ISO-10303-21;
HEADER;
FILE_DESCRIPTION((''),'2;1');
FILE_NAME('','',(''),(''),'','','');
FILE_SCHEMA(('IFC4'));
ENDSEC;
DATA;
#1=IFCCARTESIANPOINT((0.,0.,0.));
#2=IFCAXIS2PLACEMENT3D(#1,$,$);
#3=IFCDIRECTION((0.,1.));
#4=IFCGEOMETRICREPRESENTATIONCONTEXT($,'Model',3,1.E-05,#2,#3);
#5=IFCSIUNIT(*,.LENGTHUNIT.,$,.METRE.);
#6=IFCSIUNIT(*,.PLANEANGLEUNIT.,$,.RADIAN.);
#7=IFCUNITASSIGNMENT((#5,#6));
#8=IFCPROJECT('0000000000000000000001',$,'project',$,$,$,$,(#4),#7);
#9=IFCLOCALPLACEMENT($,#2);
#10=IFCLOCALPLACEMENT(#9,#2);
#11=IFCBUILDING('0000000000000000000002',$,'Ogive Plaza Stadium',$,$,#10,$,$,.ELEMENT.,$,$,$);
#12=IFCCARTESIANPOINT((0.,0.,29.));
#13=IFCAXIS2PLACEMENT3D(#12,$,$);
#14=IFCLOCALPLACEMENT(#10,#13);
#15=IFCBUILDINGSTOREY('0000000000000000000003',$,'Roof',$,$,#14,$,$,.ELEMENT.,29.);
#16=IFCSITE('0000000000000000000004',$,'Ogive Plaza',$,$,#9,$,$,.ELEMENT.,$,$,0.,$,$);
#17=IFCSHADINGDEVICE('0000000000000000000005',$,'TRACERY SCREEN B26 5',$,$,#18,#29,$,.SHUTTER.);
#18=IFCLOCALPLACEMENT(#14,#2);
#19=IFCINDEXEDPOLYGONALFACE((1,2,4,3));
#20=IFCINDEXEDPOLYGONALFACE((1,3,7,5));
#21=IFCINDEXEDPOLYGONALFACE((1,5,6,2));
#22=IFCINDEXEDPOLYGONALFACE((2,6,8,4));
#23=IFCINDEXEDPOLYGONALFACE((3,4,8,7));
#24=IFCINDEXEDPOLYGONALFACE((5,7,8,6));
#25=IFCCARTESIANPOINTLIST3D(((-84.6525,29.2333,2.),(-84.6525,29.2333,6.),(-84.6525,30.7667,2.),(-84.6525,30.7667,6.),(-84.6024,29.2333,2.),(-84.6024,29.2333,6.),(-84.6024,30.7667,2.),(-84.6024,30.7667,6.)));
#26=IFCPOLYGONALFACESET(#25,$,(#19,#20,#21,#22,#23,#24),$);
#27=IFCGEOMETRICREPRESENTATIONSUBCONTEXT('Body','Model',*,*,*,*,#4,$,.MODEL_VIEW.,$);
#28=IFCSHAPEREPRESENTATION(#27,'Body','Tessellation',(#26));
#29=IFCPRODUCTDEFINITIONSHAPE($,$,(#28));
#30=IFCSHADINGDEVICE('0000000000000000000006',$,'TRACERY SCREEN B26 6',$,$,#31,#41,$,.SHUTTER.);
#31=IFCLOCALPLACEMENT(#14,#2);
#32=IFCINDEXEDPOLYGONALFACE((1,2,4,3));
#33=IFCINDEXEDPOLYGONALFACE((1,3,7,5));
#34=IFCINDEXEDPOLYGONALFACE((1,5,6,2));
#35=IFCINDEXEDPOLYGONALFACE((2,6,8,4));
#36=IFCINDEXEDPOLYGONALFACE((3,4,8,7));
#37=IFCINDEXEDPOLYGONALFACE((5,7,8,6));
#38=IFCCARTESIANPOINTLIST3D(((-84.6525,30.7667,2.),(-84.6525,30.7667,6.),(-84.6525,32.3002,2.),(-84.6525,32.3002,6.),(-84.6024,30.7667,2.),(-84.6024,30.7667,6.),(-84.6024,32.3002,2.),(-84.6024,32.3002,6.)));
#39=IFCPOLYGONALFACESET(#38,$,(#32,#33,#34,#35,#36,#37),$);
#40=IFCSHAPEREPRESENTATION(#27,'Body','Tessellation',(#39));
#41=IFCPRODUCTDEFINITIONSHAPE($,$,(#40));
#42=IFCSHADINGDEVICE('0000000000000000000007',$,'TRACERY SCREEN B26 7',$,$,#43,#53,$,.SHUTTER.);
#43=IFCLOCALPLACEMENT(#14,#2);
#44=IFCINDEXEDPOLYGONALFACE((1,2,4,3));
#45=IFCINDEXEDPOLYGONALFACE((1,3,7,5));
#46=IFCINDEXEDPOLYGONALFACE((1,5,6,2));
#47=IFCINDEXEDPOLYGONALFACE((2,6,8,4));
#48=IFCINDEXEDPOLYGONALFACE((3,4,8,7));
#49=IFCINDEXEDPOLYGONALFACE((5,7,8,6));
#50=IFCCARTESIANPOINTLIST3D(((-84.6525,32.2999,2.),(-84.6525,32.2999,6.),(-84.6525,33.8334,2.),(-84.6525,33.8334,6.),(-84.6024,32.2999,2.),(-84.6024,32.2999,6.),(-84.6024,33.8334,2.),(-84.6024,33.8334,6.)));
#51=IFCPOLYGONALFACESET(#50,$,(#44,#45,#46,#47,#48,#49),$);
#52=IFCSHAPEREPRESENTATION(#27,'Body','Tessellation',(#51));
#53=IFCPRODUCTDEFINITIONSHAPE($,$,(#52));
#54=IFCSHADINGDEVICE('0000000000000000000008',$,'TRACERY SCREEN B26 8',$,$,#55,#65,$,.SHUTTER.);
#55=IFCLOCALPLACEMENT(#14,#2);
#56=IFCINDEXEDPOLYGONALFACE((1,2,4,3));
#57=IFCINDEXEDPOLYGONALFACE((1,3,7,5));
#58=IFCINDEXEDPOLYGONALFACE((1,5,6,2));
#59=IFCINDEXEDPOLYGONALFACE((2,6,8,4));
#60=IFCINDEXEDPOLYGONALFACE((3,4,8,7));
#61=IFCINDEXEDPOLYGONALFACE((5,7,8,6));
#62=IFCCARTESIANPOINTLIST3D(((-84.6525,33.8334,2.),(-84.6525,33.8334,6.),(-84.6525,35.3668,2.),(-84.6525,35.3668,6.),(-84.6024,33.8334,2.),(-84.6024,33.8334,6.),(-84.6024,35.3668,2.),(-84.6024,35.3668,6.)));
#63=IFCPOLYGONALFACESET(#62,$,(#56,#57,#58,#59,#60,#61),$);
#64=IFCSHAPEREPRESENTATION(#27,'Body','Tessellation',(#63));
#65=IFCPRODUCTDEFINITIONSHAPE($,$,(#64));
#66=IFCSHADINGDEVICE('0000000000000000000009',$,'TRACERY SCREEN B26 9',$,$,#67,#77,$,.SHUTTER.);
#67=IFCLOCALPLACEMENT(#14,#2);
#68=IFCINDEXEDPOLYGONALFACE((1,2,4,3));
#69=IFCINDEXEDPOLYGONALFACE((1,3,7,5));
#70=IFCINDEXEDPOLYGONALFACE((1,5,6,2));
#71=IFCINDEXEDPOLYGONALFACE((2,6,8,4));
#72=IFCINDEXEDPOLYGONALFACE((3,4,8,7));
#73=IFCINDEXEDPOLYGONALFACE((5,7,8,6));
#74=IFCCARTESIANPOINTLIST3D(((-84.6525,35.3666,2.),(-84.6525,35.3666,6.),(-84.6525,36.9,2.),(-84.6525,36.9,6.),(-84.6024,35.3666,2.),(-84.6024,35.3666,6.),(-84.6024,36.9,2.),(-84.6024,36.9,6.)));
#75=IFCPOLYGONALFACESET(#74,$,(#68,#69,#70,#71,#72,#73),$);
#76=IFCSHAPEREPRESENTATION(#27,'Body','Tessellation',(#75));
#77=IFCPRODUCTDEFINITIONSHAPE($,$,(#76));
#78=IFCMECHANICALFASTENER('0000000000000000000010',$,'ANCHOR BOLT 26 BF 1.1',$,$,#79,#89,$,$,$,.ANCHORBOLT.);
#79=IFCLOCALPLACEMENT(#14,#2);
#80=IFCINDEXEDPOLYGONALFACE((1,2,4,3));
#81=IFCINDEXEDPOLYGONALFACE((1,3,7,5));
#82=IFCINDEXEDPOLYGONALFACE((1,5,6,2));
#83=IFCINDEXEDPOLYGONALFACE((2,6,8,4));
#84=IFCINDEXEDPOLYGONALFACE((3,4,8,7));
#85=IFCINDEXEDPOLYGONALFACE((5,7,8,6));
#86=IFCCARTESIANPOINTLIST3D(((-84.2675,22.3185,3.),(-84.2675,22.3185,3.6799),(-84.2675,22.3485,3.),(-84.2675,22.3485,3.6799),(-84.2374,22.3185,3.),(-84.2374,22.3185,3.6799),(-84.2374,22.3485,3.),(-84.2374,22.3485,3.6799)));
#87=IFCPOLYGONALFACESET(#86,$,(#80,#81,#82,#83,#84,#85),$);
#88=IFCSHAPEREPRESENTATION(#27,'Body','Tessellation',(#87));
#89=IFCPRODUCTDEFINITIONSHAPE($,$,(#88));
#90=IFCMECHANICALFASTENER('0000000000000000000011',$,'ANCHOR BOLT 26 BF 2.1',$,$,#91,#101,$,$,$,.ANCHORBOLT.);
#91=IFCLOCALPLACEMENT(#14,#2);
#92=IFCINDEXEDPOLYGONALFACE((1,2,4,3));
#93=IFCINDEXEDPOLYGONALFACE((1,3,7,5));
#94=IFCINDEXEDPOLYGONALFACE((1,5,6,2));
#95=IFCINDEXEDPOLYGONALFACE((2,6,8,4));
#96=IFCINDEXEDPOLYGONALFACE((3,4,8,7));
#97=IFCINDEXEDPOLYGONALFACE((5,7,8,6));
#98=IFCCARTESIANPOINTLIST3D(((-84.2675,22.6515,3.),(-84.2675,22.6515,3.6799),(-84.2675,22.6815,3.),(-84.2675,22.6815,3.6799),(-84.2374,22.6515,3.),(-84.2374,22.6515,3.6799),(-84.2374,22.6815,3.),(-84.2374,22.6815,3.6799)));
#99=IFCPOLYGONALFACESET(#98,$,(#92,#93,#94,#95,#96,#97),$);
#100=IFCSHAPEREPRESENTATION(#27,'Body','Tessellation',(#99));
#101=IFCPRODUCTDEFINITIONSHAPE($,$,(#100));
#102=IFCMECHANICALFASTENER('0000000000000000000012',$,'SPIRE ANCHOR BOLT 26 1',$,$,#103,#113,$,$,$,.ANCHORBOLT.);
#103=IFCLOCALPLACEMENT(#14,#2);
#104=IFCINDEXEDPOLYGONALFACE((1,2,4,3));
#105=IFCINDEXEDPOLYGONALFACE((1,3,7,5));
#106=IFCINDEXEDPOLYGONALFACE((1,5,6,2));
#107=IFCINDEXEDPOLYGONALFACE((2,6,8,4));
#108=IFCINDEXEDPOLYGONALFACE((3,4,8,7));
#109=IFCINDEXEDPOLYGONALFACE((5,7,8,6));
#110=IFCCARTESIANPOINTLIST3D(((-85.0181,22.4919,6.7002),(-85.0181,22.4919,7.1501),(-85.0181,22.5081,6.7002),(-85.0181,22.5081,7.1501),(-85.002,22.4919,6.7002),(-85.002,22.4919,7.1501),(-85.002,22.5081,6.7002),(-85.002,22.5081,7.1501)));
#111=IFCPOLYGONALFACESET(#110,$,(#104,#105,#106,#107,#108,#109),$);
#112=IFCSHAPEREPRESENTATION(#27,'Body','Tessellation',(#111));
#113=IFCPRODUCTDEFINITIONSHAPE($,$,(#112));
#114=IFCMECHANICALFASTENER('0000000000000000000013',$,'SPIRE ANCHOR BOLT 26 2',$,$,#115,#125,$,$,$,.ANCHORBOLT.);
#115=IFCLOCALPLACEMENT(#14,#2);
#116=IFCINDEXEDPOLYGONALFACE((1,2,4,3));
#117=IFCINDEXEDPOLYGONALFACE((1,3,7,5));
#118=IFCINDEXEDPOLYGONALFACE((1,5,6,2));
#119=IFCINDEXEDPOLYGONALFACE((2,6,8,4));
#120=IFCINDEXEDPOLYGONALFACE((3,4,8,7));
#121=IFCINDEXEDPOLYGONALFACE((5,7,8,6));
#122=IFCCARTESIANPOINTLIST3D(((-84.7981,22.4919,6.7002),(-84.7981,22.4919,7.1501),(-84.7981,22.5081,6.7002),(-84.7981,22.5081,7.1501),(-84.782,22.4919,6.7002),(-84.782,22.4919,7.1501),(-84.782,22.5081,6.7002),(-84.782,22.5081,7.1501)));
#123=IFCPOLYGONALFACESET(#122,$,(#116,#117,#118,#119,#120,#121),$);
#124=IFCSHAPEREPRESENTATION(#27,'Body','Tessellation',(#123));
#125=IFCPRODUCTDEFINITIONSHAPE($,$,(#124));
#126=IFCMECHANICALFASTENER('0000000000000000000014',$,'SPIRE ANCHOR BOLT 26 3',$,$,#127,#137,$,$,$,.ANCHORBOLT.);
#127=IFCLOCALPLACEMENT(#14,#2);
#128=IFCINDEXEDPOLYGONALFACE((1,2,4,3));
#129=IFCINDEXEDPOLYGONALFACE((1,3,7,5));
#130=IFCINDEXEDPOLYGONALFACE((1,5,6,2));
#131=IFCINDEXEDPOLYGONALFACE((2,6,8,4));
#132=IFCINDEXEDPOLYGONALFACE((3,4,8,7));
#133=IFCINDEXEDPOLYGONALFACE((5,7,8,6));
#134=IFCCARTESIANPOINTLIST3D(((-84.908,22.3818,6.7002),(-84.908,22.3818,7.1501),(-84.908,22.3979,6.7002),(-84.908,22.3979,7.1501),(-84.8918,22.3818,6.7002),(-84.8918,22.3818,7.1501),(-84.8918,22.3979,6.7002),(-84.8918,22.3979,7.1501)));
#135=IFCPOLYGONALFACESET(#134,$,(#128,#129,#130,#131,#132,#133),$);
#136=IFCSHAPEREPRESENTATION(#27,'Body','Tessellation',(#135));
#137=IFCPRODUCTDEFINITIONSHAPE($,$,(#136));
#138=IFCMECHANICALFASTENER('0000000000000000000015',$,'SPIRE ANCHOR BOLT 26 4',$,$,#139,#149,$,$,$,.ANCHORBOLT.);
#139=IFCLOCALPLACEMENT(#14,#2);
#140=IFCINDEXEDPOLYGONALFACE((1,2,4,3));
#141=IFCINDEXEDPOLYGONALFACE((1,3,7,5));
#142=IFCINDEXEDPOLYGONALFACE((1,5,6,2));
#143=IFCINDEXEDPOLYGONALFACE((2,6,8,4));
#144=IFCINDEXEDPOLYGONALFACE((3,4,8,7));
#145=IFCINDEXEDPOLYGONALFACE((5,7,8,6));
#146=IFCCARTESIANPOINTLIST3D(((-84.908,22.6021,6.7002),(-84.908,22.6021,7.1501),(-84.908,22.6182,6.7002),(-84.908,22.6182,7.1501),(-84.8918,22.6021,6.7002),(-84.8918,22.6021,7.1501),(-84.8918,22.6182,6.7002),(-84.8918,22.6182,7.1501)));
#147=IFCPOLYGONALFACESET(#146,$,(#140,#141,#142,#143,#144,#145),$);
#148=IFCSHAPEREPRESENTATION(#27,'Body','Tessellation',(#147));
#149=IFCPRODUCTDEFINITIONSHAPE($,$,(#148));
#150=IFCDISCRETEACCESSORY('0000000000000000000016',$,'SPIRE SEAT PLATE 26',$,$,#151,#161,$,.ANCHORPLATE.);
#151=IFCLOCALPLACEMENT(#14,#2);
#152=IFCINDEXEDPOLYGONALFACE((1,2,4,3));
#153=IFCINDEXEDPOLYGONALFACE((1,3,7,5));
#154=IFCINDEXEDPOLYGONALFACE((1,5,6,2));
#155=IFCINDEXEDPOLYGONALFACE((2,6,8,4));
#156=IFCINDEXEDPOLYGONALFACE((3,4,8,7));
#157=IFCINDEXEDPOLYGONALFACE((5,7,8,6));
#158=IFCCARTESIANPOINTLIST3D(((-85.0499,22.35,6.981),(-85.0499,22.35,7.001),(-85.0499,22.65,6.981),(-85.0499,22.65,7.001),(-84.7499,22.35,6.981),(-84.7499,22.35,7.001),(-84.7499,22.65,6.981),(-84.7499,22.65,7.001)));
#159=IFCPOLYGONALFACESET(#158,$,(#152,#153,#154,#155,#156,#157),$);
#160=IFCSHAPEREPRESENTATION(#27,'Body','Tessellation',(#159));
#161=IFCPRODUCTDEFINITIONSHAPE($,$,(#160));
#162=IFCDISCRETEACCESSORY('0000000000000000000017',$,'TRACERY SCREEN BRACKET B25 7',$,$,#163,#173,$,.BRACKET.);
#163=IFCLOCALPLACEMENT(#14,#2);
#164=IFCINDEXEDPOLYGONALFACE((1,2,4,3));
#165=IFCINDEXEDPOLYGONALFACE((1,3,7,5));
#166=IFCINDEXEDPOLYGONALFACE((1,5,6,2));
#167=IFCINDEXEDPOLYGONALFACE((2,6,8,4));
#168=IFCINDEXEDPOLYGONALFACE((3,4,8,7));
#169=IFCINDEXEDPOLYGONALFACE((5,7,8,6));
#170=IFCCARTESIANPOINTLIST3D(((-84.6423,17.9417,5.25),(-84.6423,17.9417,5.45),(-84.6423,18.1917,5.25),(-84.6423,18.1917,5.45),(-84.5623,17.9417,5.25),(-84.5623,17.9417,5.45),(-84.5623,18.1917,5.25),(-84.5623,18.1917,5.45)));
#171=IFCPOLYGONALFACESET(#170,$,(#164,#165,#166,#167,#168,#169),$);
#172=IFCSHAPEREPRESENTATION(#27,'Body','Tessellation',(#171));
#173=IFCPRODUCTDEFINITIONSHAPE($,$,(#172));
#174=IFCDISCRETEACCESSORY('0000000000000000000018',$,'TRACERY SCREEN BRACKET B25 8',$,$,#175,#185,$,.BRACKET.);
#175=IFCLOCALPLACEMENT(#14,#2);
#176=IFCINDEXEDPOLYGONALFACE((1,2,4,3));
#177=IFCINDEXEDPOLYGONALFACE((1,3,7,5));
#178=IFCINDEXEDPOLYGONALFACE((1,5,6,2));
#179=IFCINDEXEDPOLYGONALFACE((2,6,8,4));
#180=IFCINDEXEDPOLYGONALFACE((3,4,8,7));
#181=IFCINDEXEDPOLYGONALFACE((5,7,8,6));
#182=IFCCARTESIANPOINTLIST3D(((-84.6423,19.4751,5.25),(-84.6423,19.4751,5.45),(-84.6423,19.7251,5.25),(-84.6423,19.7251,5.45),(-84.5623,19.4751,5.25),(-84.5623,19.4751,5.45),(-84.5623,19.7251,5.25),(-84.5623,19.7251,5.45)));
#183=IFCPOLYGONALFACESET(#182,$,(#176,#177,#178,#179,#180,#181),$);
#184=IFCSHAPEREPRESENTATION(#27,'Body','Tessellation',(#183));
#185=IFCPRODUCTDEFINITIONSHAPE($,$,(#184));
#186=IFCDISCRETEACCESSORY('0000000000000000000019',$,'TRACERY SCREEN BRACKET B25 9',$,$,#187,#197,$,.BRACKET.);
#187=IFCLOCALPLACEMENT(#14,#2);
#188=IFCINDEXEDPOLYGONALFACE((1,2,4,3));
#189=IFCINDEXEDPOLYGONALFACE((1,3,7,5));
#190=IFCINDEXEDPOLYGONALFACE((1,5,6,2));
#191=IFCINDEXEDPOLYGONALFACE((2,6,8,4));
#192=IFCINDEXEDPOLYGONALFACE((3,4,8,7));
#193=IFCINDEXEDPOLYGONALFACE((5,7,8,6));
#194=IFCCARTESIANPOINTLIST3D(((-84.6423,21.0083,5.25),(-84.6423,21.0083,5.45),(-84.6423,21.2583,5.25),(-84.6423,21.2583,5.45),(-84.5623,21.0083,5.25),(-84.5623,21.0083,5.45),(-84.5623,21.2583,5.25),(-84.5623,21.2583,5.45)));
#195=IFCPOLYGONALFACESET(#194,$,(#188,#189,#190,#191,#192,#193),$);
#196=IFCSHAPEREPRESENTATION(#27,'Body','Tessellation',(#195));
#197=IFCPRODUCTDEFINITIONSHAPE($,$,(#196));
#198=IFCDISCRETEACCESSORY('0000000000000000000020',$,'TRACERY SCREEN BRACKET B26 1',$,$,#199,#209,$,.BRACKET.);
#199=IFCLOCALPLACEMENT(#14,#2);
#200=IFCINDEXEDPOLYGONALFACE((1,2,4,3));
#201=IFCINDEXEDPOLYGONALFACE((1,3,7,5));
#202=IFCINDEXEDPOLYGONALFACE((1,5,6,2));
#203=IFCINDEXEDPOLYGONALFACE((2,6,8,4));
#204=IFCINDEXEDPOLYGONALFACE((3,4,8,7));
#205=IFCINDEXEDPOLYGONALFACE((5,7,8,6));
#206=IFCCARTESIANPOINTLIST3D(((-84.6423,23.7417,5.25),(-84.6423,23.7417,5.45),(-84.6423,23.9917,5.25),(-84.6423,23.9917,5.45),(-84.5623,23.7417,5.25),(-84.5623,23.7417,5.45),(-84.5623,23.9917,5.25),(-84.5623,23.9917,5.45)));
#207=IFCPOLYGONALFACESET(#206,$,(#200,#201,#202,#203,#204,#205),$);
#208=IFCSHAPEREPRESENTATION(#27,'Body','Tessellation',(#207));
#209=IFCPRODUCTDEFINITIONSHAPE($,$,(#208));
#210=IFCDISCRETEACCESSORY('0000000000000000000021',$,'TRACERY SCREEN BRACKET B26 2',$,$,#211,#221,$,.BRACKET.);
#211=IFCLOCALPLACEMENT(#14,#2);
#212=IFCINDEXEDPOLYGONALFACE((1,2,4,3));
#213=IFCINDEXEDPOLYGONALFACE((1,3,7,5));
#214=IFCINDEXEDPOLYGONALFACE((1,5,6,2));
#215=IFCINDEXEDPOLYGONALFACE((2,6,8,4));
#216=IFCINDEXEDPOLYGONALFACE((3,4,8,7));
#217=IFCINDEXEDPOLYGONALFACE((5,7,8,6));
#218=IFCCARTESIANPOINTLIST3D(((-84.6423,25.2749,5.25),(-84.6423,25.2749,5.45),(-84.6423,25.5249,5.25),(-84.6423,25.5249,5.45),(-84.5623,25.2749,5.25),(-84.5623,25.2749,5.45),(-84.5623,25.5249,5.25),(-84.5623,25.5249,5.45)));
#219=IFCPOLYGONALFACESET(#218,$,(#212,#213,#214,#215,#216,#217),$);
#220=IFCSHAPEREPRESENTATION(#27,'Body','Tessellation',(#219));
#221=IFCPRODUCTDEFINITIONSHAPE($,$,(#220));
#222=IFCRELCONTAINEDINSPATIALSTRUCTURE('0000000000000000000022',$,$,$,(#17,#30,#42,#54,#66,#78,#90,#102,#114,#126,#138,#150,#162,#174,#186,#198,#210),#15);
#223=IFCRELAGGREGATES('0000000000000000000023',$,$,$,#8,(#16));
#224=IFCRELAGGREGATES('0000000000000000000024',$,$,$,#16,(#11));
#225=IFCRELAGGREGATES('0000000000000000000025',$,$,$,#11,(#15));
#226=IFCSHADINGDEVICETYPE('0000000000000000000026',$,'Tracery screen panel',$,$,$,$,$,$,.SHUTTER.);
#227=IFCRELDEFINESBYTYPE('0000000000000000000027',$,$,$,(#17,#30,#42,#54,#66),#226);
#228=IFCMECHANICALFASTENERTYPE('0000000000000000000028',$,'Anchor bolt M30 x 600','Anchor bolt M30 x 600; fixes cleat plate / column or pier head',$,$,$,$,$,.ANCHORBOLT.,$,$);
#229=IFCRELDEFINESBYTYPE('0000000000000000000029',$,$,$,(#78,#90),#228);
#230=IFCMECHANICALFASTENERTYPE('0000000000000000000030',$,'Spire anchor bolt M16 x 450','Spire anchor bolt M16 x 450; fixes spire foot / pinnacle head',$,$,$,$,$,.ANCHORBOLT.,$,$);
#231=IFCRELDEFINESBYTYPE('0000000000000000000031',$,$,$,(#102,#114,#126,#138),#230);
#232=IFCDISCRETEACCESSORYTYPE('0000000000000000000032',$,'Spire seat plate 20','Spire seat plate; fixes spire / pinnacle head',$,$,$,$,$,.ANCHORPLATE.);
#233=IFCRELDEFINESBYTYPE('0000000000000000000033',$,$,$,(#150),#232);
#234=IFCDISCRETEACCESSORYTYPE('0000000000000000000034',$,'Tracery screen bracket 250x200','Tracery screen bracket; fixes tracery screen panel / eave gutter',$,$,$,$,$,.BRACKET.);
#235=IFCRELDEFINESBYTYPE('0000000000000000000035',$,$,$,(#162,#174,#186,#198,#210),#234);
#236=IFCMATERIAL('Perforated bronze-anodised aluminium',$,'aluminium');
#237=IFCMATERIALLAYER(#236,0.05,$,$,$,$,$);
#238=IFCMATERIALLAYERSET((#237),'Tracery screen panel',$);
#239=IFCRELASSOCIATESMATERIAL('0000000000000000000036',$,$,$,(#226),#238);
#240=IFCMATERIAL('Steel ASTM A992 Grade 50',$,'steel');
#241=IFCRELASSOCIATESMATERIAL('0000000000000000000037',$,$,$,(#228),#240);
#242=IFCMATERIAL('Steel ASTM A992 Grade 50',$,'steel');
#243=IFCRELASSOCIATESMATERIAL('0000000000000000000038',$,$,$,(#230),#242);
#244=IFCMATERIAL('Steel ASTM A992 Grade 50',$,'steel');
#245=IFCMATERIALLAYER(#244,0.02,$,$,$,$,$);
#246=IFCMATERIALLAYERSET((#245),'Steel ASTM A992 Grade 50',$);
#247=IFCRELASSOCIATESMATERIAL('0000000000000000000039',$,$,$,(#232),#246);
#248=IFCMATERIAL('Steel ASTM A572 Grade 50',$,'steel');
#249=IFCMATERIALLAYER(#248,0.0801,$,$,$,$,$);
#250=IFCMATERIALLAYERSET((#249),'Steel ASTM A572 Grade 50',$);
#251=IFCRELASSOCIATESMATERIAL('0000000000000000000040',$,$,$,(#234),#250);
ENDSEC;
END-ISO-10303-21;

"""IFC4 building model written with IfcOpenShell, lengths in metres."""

from ifc_helpers import new_model, si_unit, direction, frame, origin, origin_2d, place, context, subcontext, project, spatial, rectangle, extrude, material, layer, layer_set, type_object, element, save


model = new_model("IFC4")

# Units and contexts
model_context = context("Model", 3, precision=1e-05, world=origin(), true_north=direction((0.0, 1.0)))
body_context = subcontext(model_context, "Body", "Model", "MODEL_VIEW")
ifc_project = project(units=[si_unit("LENGTHUNIT", "METRE"), si_unit("PLANEANGLEUNIT", "RADIAN")], contexts=[model_context])

# Site, building, storey
site_placement = place(None, origin())
site = spatial("IfcSite", under=ifc_project, at=site_placement, Name="Ogive Plaza", CompositionType="ELEMENT", RefElevation=0.0)
building_placement = place(site_placement, origin())
building = spatial("IfcBuilding", under=site, at=building_placement, Name="Ogive Plaza Stadium", CompositionType="ELEMENT")
storey_placement = place(building_placement, frame((0.0, 0.0, 29.0)))
storey = spatial("IfcBuildingStorey", under=building, at=storey_placement, Name="Roof", CompositionType="ELEMENT", Elevation=29.0)

# Shading devices
ifc_material_1 = material(Name="Perforated bronze-anodised aluminium", Category="aluminium")
ifc_layer_1 = layer(ifc_material_1, 0.05)
ifc_layer_set_1 = layer_set([ifc_layer_1], Name="Tracery screen panel")
shading_device_type = type_object("IfcShadingDeviceType", Name="Tracery screen panel", PredefinedType="SHUTTER", material=ifc_layer_set_1)
for number, where, z_axis, x_axis, name in (
    (1, (-84.6274, 30.0, 2.0), (0.0, 0.0, 1.0), (0.0, 1.0, 0.0), "TRACERY SCREEN B26 5"),
    (2, (-84.6274, 31.5334, 2.0), (0.0, 0.0, 1.0), (0.0, 1.0, 0.0), "TRACERY SCREEN B26 6"),
    (3, (-84.6274, 33.0667, 2.0), (0.0, 0.0, 1.0), (0.0, 1.0, 0.0), "TRACERY SCREEN B26 7"),
    (4, (-84.6274, 34.6001, 2.0), (0.0, 0.0, 1.0), (0.0, 1.0, 0.0), "TRACERY SCREEN B26 8"),
    (5, (-84.6274, 36.1333, 2.0), (0.0, 0.0, 1.0), (0.0, 1.0, 0.0), "TRACERY SCREEN B26 9"),
):
    element("IfcShadingDevice", number, at=place(storey_placement, frame(where, z_axis=z_axis, x_axis=x_axis)), inside=storey, type_object=shading_device_type, Name=name, PredefinedType="SHUTTER", context=body_context, shape_type="SweptSolid", body=[
        extrude(rectangle(XDim=1.5334, YDim=0.05, at=origin_2d()), origin(), (0.0, 0.0, 1.0), 4.0),
    ])

# Mechanical fasteners
ifc_material_2 = material(Name="Steel ASTM A992 Grade 50", Category="steel")
mechanical_fastener_type_1 = type_object("IfcMechanicalFastenerType", Name="Anchor bolt M30 x 600", Description="Anchor bolt M30 x 600; fixes cleat plate / column or pier head", PredefinedType="ANCHORBOLT", material=ifc_material_2)
for number, where, z_axis, x_axis, name in (
    (6, (-84.2524, 22.3335, 3.0), (0.0, 0.0, 1.0), (-1.0, 0.0, 0.0), "ANCHOR BOLT 26 BF 1.1"),
    (7, (-84.2524, 22.6665, 3.0), (0.0, 0.0, 1.0), (-1.0, 0.0, 0.0), "ANCHOR BOLT 26 BF 2.1"),
):
    element("IfcMechanicalFastener", number, at=place(storey_placement, frame(where, z_axis=z_axis, x_axis=x_axis)), inside=storey, type_object=mechanical_fastener_type_1, Name=name, PredefinedType="ANCHORBOLT", context=body_context, shape_type="SweptSolid", body=[
        extrude(rectangle(XDim=0.03, YDim=0.03, at=origin_2d()), origin(), (0.0, 0.0, 1.0), 0.6799),
    ])
ifc_material_3 = material(Name="Steel ASTM A992 Grade 50", Category="steel")
mechanical_fastener_type_2 = type_object("IfcMechanicalFastenerType", Name="Spire anchor bolt M16 x 450", Description="Spire anchor bolt M16 x 450; fixes spire foot / pinnacle head", PredefinedType="ANCHORBOLT", material=ifc_material_3)
for number, where, z_axis, x_axis, name in (
    (8, (-85.01, 22.5, 6.7002), (0.0, 0.0, 1.0), (-1.0, 0.0, 0.0), "SPIRE ANCHOR BOLT 26 1"),
    (9, (-84.79, 22.5, 6.7002), (0.0, 0.0, 1.0), (-1.0, 0.0, 0.0), "SPIRE ANCHOR BOLT 26 2"),
    (10, (-84.8999, 22.3899, 6.7002), (0.0, 0.0, 1.0), (-1.0, 0.0, 0.0), "SPIRE ANCHOR BOLT 26 3"),
    (11, (-84.8999, 22.6101, 6.7002), (0.0, 0.0, 1.0), (-1.0, 0.0, 0.0), "SPIRE ANCHOR BOLT 26 4"),
):
    element("IfcMechanicalFastener", number, at=place(storey_placement, frame(where, z_axis=z_axis, x_axis=x_axis)), inside=storey, type_object=mechanical_fastener_type_2, Name=name, PredefinedType="ANCHORBOLT", context=body_context, shape_type="SweptSolid", body=[
        extrude(rectangle(XDim=0.0161, YDim=0.0161, at=origin_2d()), origin(), (0.0, 0.0, 1.0), 0.45),
    ])

# Discrete accessories
ifc_material_4 = material(Name="Steel ASTM A992 Grade 50", Category="steel")
ifc_layer_2 = layer(ifc_material_4, 0.02)
ifc_layer_set_2 = layer_set([ifc_layer_2], Name="Steel ASTM A992 Grade 50")
discrete_accessory_type_1 = type_object("IfcDiscreteAccessoryType", Name="Spire seat plate 20", Description="Spire seat plate; fixes spire / pinnacle head", PredefinedType="ANCHORPLATE", material=ifc_layer_set_2)
discrete_accessory_placement = place(storey_placement, frame((-84.8999, 22.5, 6.981), z_axis=(0.0, 0.0, 1.0), x_axis=(-1.0, 0.0, 0.0)))
element("IfcDiscreteAccessory", 12, at=discrete_accessory_placement, inside=storey, type_object=discrete_accessory_type_1, Name="SPIRE SEAT PLATE 26", PredefinedType="ANCHORPLATE", context=body_context, shape_type="SweptSolid", body=[
    extrude(rectangle(XDim=0.3, YDim=0.3, at=origin_2d()), origin(), (0.0, 0.0, 1.0), 0.02),
])
ifc_material_5 = material(Name="Steel ASTM A572 Grade 50", Category="steel")
ifc_layer_3 = layer(ifc_material_5, 0.0801)
ifc_layer_set_3 = layer_set([ifc_layer_3], Name="Steel ASTM A572 Grade 50")
discrete_accessory_type_2 = type_object("IfcDiscreteAccessoryType", Name="Tracery screen bracket 250x200", Description="Tracery screen bracket; fixes tracery screen panel / eave gutter", PredefinedType="BRACKET", material=ifc_layer_set_3)
for number, where, z_axis, x_axis, name in (
    (13, (-84.6023, 18.0667, 5.25), (0.0, 0.0, 1.0), (0.0, 1.0, 0.0), "TRACERY SCREEN BRACKET B25 7"),
    (14, (-84.6023, 19.6001, 5.25), (0.0, 0.0, 1.0), (0.0, 1.0, 0.0), "TRACERY SCREEN BRACKET B25 8"),
    (15, (-84.6023, 21.1333, 5.25), (0.0, 0.0, 1.0), (0.0, 1.0, 0.0), "TRACERY SCREEN BRACKET B25 9"),
    (16, (-84.6023, 23.8667, 5.25), (0.0, 0.0, 1.0), (0.0, 1.0, 0.0), "TRACERY SCREEN BRACKET B26 1"),
    (17, (-84.6023, 25.3999, 5.25), (0.0, 0.0, 1.0), (0.0, 1.0, 0.0), "TRACERY SCREEN BRACKET B26 2"),
):
    element("IfcDiscreteAccessory", number, at=place(storey_placement, frame(where, z_axis=z_axis, x_axis=x_axis)), inside=storey, type_object=discrete_accessory_type_2, Name=name, PredefinedType="BRACKET", context=body_context, shape_type="SweptSolid", body=[
        extrude(rectangle(XDim=0.25, YDim=0.0801, at=origin_2d()), origin(), (0.0, 0.0, 1.0), 0.2),
    ])

save(model, "model.ifc")
